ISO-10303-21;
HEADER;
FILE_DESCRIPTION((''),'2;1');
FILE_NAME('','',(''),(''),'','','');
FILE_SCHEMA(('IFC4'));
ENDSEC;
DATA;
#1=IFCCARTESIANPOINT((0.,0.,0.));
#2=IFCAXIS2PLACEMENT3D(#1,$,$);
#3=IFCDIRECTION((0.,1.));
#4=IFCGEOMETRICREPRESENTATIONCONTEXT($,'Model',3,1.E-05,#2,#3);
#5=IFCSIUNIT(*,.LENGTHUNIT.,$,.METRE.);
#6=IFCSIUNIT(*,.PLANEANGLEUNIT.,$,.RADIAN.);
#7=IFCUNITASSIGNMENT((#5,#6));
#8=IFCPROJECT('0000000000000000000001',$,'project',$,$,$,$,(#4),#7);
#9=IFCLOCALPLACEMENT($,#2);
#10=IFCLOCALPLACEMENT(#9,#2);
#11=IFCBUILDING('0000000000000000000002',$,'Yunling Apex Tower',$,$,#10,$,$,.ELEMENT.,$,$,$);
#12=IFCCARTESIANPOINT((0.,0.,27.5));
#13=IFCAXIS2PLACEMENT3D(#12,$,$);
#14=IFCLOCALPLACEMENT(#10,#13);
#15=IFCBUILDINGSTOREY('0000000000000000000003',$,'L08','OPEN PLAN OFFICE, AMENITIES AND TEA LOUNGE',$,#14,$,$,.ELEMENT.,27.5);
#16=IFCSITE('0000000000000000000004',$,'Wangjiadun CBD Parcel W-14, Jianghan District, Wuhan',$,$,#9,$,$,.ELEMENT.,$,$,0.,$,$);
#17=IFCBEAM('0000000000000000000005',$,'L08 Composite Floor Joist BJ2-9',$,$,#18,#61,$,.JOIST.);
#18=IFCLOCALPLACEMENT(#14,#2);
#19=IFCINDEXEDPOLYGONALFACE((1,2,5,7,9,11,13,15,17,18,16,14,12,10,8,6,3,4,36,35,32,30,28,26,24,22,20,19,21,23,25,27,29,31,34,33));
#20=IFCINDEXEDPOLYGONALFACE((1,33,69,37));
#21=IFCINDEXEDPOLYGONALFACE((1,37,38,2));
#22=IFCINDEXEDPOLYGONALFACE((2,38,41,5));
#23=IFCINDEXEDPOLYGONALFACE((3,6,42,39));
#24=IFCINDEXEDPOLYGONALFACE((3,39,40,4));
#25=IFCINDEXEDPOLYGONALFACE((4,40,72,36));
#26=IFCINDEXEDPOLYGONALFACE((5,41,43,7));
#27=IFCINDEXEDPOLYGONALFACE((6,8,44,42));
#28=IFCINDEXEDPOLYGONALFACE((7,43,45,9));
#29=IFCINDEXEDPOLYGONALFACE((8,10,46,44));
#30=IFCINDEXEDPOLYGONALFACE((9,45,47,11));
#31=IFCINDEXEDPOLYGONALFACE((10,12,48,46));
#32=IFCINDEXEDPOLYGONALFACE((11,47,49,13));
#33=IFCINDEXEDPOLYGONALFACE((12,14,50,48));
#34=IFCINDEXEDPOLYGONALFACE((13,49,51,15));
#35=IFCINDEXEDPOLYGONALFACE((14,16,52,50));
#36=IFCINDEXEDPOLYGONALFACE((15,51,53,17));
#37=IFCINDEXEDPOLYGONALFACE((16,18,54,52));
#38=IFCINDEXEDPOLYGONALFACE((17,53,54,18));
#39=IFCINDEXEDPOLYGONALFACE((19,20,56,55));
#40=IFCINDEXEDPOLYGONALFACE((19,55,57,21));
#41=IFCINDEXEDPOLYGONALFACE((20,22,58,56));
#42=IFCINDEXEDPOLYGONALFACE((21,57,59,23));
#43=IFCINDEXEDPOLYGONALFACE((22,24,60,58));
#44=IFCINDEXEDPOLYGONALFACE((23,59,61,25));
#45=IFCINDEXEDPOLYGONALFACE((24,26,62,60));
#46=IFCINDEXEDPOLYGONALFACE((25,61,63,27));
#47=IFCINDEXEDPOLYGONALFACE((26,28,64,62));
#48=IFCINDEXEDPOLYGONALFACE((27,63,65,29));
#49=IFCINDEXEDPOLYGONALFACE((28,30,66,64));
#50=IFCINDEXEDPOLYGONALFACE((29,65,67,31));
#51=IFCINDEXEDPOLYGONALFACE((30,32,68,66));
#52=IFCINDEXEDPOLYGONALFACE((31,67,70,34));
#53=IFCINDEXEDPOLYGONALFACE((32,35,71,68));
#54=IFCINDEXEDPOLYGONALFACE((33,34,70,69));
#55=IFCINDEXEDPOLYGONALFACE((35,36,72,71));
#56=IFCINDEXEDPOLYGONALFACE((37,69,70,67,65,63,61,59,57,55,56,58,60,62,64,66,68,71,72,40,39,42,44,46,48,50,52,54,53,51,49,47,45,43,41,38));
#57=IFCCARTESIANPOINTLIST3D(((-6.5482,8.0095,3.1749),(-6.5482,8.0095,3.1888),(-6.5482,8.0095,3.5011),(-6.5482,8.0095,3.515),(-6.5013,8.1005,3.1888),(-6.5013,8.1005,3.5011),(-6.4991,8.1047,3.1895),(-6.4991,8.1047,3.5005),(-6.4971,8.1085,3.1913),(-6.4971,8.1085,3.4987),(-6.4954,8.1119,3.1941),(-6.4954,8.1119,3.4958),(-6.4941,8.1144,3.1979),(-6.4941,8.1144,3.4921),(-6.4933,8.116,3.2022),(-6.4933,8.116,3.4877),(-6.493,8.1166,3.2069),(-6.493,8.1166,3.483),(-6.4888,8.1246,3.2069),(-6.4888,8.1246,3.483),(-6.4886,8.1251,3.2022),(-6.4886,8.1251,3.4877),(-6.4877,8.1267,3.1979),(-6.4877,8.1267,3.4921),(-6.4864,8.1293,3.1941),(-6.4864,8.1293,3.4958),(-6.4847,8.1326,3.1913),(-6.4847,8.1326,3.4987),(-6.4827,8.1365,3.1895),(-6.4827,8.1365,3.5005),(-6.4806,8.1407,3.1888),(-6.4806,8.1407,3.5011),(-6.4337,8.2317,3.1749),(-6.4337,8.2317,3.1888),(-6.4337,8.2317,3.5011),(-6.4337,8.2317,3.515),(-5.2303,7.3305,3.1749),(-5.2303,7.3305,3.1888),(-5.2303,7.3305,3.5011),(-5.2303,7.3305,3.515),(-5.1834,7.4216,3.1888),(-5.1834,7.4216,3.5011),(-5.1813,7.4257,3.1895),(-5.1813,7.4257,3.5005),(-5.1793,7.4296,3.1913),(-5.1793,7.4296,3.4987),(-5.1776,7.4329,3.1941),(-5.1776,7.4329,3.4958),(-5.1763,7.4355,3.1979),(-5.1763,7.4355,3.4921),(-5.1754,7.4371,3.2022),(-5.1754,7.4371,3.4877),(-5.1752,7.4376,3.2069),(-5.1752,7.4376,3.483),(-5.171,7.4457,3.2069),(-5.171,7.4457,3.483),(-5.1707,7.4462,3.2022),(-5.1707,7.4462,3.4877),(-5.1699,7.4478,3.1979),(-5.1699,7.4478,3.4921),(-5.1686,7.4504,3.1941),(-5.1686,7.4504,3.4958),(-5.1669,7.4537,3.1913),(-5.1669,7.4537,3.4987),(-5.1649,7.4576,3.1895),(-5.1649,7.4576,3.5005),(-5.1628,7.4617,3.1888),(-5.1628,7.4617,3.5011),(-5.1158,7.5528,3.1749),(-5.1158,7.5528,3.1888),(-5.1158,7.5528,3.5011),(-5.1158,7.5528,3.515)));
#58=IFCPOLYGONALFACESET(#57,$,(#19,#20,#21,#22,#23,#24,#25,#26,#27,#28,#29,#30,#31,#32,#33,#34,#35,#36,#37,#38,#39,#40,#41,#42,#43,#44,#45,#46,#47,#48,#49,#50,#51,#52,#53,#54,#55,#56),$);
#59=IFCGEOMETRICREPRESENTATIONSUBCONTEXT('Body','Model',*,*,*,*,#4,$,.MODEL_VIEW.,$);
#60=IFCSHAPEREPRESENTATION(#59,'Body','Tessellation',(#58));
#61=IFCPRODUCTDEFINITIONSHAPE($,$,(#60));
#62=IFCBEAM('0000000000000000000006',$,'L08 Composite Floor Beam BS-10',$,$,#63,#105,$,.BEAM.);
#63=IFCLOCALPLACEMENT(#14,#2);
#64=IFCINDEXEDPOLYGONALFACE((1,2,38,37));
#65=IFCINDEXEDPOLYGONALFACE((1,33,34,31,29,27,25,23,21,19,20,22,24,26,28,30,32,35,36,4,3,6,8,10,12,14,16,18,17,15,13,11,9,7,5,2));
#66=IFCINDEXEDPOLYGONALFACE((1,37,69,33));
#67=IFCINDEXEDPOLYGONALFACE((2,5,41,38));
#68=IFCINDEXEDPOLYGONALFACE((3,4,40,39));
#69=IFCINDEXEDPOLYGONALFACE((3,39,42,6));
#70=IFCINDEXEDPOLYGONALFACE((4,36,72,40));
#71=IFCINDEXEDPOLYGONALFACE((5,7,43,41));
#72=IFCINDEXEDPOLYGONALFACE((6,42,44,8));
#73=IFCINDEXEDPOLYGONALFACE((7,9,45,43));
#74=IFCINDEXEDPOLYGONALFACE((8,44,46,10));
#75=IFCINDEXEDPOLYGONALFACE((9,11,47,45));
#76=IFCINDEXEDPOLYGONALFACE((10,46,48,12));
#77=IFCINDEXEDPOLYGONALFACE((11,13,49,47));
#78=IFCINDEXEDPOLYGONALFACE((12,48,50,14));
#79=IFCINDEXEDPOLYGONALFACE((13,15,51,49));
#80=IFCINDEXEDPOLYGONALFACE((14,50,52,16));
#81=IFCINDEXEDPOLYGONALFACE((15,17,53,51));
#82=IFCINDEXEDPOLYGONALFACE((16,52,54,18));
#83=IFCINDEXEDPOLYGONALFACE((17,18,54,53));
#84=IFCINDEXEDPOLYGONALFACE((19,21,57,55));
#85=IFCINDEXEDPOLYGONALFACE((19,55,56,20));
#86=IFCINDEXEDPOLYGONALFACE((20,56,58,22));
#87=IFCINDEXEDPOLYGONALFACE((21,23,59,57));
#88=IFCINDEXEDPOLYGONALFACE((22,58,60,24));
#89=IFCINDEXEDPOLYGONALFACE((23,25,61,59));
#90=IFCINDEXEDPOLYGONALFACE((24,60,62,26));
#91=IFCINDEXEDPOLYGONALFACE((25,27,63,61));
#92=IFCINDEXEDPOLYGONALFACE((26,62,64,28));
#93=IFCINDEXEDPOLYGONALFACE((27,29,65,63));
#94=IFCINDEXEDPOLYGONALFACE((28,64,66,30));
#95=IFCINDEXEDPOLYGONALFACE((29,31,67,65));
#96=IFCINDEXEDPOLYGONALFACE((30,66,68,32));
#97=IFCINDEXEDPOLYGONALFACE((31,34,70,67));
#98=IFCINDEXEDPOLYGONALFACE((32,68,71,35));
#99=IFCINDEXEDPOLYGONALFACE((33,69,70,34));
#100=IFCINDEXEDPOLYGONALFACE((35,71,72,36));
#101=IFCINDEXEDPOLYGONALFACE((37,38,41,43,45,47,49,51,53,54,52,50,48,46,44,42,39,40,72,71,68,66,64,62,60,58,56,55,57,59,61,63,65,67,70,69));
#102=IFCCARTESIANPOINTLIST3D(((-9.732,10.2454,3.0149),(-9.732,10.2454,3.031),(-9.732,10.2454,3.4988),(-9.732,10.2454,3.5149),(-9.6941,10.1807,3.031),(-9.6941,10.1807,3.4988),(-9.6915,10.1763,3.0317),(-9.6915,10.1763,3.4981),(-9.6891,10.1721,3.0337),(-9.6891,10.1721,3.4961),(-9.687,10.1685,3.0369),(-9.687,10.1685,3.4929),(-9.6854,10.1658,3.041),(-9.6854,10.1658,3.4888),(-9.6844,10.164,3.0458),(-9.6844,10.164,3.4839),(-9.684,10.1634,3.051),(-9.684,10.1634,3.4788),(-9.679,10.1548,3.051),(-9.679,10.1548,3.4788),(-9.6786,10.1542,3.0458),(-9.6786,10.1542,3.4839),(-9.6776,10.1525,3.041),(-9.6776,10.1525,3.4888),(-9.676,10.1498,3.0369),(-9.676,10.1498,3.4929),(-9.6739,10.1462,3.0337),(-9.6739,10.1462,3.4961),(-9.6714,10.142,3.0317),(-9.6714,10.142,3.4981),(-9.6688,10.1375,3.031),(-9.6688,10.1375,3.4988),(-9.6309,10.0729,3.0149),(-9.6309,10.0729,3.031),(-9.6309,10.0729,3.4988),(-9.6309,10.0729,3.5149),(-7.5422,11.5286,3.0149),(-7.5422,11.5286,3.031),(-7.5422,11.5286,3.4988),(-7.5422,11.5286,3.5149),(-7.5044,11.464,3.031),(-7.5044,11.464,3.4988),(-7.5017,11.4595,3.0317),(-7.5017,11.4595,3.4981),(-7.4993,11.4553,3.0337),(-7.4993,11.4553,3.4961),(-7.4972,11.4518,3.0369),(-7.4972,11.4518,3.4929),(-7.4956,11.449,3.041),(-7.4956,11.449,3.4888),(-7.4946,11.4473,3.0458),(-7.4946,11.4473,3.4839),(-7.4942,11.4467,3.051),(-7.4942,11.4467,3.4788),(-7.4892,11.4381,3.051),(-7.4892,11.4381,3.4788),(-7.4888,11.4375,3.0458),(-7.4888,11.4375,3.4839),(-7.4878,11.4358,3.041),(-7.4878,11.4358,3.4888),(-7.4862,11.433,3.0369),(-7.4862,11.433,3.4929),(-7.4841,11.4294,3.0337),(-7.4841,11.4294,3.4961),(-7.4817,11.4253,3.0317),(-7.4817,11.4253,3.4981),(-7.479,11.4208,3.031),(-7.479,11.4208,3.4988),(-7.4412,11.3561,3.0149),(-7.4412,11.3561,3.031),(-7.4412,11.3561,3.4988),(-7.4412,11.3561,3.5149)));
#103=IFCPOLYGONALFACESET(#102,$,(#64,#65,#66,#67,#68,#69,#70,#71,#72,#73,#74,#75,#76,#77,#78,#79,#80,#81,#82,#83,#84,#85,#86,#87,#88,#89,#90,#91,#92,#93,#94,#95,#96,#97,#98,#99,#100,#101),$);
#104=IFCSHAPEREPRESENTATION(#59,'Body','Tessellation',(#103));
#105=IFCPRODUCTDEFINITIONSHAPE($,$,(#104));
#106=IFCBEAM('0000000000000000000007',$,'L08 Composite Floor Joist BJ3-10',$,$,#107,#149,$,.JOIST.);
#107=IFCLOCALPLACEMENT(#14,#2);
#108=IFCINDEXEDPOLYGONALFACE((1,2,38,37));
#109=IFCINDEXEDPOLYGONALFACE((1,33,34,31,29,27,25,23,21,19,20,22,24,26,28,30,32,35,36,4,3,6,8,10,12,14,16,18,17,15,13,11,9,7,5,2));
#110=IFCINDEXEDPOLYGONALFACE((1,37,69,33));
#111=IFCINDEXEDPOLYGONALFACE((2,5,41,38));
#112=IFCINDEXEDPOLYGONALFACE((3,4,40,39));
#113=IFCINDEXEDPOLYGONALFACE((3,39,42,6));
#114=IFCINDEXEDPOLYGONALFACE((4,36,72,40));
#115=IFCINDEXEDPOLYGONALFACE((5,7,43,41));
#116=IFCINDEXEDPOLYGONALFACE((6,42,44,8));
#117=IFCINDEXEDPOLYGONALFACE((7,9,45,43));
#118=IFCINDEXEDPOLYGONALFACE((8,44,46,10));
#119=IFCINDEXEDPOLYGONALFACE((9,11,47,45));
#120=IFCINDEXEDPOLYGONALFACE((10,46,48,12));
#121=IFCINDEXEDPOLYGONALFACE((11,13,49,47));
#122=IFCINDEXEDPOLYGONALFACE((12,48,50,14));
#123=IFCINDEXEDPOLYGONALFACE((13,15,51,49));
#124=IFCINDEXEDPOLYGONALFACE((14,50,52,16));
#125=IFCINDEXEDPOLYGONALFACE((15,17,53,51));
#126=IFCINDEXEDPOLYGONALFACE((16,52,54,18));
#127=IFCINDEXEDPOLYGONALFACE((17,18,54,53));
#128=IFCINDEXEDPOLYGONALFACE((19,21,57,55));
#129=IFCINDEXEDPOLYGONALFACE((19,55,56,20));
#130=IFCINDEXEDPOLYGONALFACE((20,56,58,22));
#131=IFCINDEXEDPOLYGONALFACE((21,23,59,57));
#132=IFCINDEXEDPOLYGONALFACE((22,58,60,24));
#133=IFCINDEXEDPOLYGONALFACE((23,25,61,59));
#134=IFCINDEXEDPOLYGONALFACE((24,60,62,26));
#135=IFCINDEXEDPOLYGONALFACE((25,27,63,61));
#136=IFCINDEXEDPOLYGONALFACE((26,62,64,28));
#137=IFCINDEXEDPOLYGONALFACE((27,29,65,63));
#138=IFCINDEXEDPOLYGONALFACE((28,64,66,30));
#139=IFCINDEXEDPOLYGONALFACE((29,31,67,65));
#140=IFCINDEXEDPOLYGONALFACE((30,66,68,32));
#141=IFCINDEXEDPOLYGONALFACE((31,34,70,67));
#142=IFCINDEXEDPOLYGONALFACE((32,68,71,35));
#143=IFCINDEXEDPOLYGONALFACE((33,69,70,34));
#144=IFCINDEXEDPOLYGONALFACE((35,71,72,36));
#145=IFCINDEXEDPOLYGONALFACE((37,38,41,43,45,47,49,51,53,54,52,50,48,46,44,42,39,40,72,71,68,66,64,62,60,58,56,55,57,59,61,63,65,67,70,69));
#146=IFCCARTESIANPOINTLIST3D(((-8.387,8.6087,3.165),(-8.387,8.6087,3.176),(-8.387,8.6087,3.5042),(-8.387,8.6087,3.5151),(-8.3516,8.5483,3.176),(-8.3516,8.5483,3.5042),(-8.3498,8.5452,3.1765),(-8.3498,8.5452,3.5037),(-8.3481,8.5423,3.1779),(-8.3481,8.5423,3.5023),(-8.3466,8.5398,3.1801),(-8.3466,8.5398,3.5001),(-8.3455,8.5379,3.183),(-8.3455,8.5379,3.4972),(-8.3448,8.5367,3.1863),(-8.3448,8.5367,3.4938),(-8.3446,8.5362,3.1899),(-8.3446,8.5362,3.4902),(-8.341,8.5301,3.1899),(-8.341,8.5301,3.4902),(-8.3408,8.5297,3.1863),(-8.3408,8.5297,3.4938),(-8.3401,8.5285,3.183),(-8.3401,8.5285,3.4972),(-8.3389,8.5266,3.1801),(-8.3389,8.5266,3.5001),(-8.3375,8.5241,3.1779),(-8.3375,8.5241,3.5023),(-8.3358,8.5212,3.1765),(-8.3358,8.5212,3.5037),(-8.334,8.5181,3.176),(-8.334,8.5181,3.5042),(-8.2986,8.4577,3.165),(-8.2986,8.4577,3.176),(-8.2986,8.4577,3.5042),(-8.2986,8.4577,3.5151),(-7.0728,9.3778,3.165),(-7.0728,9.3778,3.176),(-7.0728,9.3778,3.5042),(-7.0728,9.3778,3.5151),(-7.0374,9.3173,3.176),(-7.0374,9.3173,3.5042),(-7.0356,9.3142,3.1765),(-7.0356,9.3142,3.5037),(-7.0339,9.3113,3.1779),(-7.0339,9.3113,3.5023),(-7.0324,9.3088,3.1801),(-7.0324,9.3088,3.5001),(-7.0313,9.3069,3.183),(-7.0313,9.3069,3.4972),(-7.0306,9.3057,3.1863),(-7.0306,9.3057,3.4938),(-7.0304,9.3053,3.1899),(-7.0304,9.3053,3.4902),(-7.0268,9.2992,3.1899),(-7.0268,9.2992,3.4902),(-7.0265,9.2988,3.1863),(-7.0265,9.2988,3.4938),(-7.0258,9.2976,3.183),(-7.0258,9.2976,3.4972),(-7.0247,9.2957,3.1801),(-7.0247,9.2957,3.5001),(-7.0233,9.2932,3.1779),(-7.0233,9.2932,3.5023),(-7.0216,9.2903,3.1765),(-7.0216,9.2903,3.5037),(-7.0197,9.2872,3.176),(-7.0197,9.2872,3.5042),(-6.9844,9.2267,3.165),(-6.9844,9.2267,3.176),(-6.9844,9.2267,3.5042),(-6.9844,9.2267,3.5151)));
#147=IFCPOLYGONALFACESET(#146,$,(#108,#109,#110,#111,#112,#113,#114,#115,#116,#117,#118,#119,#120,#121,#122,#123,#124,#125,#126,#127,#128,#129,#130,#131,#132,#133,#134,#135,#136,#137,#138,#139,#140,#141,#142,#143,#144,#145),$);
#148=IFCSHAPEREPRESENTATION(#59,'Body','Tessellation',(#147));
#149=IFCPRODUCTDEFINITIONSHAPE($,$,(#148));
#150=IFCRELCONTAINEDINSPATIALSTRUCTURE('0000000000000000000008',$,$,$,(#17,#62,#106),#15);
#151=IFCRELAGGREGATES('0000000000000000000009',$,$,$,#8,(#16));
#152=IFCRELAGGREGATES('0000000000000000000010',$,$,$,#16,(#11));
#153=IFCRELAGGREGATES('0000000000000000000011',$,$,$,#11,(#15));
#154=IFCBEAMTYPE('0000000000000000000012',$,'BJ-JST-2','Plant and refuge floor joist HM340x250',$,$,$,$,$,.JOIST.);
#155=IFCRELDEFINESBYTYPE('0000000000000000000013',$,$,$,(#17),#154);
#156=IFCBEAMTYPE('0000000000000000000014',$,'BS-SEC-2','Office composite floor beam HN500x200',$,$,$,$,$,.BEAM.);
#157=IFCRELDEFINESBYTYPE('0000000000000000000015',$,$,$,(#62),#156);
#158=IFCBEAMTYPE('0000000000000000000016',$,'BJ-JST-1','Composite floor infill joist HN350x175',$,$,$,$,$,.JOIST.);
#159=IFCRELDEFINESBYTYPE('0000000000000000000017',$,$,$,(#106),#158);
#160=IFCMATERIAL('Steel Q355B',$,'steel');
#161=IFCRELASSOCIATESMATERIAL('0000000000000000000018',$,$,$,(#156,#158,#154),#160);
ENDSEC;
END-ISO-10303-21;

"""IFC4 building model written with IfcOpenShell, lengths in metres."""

from ifc_helpers import new_model, si_unit, direction, frame, origin, origin_2d, place, context, subcontext, project, spatial, i_section, extrude, source, transform, mapped, material, material_profile, profile_set, type_object, element, save


model = new_model("IFC4")

# Units and contexts
model_context = context("Model", 3, precision=1e-05, world=origin(), true_north=direction((0.0, 1.0)))
body_context = subcontext(model_context, "Body", "Model", "MODEL_VIEW")
ifc_project = project(units=[si_unit("LENGTHUNIT", "METRE"), si_unit("PLANEANGLEUNIT", "RADIAN")], contexts=[model_context])

# Site, building, storey
site_placement = place(None, origin())
site = spatial("IfcSite", under=ifc_project, at=site_placement, Name="Wangjiadun CBD Parcel W-14, Jianghan District, Wuhan", CompositionType="ELEMENT", RefElevation=0.0)
building_placement = place(site_placement, origin())
building = spatial("IfcBuilding", under=site, at=building_placement, Name="Yunling Apex Tower", CompositionType="ELEMENT")
storey_placement = place(building_placement, frame((0.0, 0.0, 27.5)))
storey = spatial("IfcBuildingStorey", under=building, at=storey_placement, Name="L08", Description="OPEN PLAN OFFICE, AMENITIES AND TEA LOUNGE", CompositionType="ELEMENT", Elevation=27.5)

# Beams
ifc_material_1 = material(Name="Steel Q355B", Category="steel")
ifc_material_profile_1 = material_profile(ifc_material_1, i_section(OverallWidth=0.2, OverallDepth=0.5, WebThickness=0.01, FlangeThickness=0.0161, FilletRadius=0.02, at=origin_2d()))
ifc_profile_set_1 = profile_set([ifc_material_profile_1], Name="Steel Q355B")
beam_type_1 = type_object("IfcBeamType", Name="BS-SEC-2", Description="Office composite floor beam HN500x200", PredefinedType="BEAM", material=ifc_profile_set_1)
ifc_material_profile_2 = material_profile(ifc_material_1, i_section(OverallWidth=0.175, OverallDepth=0.3501, WebThickness=0.0071, FlangeThickness=0.011, FilletRadius=0.0139, at=origin_2d()))
ifc_profile_set_2 = profile_set([ifc_material_profile_2], Name="Steel Q355B")
beam_type_2 = type_object("IfcBeamType", Name="BJ-JST-1", Description="Composite floor infill joist HN350x175", PredefinedType="JOIST", material=ifc_profile_set_2)
ifc_material_profile_3 = material_profile(ifc_material_1, i_section(OverallWidth=0.25, OverallDepth=0.3401, WebThickness=0.009, FlangeThickness=0.0139, FilletRadius=0.0181, at=origin_2d()))
ifc_profile_set_3 = profile_set([ifc_material_profile_3], Name="Steel Q355B")
beam_type_3 = type_object("IfcBeamType", Name="BJ-JST-2", Description="Plant and refuge floor joist HM340x250", PredefinedType="JOIST", material=ifc_profile_set_3)
shared_shape_1 = source(origin(), body_context, "Body", "SweptSolid", [
    extrude(i_section(OverallWidth=0.25, OverallDepth=0.3401, WebThickness=0.009, FlangeThickness=0.0139, FilletRadius=0.0181, at=origin_2d()), origin(), (0.0, 0.0, 1.0), 1.4824),
])
beam_1_placement = place(storey_placement, frame((-5.1731, 7.4417, 3.345), z_axis=(-0.88896, 0.457984, 0.0), x_axis=(-0.457984, -0.88896, 0.0)))
element("IfcBeam", 1, at=beam_1_placement, inside=storey, type_object=beam_type_3, Name="L08 Composite Floor Joist BJ2-9", PredefinedType="JOIST", context=body_context, shape_type="MappedRepresentation", body=[
    mapped(shared_shape_1, transform((0.0, 0.0, 0.0), scale=1.0)),
])
shared_shape_2 = source(origin(), body_context, "Body", "SweptSolid", [
    extrude(i_section(OverallWidth=0.2, OverallDepth=0.5, WebThickness=0.01, FlangeThickness=0.0161, FilletRadius=0.02, at=origin_2d()), origin(), (0.0, 0.0, 1.0), 2.5381),
])
beam_2_placement = place(storey_placement, frame((-7.4917, 11.4424, 3.2649), z_axis=(-0.862769, -0.505599, 0.0), x_axis=(0.505599, -0.862769, 0.0)))
element("IfcBeam", 2, at=beam_2_placement, inside=storey, type_object=beam_type_1, Name="L08 Composite Floor Beam BS-10", PredefinedType="BEAM", context=body_context, shape_type="MappedRepresentation", body=[
    mapped(shared_shape_2, transform((0.0, 0.0, 0.0), scale=1.0)),
])
shared_shape_3 = source(origin(), body_context, "Body", "SweptSolid", [
    extrude(i_section(OverallWidth=0.175, OverallDepth=0.3501, WebThickness=0.0071, FlangeThickness=0.011, FilletRadius=0.0139, at=origin_2d()), origin(), (0.0, 0.0, 1.0), 1.5227),
])
beam_3_placement = place(storey_placement, frame((-7.0286, 9.3022, 3.3401), z_axis=(-0.863086, -0.505057, 0.0), x_axis=(0.505057, -0.863086, 0.0)))
element("IfcBeam", 3, at=beam_3_placement, inside=storey, type_object=beam_type_2, Name="L08 Composite Floor Joist BJ3-10", PredefinedType="JOIST", context=body_context, shape_type="MappedRepresentation", body=[
    mapped(shared_shape_3, transform((0.0, 0.0, 0.0), scale=1.0)),
])

save(model, "model.ifc")
